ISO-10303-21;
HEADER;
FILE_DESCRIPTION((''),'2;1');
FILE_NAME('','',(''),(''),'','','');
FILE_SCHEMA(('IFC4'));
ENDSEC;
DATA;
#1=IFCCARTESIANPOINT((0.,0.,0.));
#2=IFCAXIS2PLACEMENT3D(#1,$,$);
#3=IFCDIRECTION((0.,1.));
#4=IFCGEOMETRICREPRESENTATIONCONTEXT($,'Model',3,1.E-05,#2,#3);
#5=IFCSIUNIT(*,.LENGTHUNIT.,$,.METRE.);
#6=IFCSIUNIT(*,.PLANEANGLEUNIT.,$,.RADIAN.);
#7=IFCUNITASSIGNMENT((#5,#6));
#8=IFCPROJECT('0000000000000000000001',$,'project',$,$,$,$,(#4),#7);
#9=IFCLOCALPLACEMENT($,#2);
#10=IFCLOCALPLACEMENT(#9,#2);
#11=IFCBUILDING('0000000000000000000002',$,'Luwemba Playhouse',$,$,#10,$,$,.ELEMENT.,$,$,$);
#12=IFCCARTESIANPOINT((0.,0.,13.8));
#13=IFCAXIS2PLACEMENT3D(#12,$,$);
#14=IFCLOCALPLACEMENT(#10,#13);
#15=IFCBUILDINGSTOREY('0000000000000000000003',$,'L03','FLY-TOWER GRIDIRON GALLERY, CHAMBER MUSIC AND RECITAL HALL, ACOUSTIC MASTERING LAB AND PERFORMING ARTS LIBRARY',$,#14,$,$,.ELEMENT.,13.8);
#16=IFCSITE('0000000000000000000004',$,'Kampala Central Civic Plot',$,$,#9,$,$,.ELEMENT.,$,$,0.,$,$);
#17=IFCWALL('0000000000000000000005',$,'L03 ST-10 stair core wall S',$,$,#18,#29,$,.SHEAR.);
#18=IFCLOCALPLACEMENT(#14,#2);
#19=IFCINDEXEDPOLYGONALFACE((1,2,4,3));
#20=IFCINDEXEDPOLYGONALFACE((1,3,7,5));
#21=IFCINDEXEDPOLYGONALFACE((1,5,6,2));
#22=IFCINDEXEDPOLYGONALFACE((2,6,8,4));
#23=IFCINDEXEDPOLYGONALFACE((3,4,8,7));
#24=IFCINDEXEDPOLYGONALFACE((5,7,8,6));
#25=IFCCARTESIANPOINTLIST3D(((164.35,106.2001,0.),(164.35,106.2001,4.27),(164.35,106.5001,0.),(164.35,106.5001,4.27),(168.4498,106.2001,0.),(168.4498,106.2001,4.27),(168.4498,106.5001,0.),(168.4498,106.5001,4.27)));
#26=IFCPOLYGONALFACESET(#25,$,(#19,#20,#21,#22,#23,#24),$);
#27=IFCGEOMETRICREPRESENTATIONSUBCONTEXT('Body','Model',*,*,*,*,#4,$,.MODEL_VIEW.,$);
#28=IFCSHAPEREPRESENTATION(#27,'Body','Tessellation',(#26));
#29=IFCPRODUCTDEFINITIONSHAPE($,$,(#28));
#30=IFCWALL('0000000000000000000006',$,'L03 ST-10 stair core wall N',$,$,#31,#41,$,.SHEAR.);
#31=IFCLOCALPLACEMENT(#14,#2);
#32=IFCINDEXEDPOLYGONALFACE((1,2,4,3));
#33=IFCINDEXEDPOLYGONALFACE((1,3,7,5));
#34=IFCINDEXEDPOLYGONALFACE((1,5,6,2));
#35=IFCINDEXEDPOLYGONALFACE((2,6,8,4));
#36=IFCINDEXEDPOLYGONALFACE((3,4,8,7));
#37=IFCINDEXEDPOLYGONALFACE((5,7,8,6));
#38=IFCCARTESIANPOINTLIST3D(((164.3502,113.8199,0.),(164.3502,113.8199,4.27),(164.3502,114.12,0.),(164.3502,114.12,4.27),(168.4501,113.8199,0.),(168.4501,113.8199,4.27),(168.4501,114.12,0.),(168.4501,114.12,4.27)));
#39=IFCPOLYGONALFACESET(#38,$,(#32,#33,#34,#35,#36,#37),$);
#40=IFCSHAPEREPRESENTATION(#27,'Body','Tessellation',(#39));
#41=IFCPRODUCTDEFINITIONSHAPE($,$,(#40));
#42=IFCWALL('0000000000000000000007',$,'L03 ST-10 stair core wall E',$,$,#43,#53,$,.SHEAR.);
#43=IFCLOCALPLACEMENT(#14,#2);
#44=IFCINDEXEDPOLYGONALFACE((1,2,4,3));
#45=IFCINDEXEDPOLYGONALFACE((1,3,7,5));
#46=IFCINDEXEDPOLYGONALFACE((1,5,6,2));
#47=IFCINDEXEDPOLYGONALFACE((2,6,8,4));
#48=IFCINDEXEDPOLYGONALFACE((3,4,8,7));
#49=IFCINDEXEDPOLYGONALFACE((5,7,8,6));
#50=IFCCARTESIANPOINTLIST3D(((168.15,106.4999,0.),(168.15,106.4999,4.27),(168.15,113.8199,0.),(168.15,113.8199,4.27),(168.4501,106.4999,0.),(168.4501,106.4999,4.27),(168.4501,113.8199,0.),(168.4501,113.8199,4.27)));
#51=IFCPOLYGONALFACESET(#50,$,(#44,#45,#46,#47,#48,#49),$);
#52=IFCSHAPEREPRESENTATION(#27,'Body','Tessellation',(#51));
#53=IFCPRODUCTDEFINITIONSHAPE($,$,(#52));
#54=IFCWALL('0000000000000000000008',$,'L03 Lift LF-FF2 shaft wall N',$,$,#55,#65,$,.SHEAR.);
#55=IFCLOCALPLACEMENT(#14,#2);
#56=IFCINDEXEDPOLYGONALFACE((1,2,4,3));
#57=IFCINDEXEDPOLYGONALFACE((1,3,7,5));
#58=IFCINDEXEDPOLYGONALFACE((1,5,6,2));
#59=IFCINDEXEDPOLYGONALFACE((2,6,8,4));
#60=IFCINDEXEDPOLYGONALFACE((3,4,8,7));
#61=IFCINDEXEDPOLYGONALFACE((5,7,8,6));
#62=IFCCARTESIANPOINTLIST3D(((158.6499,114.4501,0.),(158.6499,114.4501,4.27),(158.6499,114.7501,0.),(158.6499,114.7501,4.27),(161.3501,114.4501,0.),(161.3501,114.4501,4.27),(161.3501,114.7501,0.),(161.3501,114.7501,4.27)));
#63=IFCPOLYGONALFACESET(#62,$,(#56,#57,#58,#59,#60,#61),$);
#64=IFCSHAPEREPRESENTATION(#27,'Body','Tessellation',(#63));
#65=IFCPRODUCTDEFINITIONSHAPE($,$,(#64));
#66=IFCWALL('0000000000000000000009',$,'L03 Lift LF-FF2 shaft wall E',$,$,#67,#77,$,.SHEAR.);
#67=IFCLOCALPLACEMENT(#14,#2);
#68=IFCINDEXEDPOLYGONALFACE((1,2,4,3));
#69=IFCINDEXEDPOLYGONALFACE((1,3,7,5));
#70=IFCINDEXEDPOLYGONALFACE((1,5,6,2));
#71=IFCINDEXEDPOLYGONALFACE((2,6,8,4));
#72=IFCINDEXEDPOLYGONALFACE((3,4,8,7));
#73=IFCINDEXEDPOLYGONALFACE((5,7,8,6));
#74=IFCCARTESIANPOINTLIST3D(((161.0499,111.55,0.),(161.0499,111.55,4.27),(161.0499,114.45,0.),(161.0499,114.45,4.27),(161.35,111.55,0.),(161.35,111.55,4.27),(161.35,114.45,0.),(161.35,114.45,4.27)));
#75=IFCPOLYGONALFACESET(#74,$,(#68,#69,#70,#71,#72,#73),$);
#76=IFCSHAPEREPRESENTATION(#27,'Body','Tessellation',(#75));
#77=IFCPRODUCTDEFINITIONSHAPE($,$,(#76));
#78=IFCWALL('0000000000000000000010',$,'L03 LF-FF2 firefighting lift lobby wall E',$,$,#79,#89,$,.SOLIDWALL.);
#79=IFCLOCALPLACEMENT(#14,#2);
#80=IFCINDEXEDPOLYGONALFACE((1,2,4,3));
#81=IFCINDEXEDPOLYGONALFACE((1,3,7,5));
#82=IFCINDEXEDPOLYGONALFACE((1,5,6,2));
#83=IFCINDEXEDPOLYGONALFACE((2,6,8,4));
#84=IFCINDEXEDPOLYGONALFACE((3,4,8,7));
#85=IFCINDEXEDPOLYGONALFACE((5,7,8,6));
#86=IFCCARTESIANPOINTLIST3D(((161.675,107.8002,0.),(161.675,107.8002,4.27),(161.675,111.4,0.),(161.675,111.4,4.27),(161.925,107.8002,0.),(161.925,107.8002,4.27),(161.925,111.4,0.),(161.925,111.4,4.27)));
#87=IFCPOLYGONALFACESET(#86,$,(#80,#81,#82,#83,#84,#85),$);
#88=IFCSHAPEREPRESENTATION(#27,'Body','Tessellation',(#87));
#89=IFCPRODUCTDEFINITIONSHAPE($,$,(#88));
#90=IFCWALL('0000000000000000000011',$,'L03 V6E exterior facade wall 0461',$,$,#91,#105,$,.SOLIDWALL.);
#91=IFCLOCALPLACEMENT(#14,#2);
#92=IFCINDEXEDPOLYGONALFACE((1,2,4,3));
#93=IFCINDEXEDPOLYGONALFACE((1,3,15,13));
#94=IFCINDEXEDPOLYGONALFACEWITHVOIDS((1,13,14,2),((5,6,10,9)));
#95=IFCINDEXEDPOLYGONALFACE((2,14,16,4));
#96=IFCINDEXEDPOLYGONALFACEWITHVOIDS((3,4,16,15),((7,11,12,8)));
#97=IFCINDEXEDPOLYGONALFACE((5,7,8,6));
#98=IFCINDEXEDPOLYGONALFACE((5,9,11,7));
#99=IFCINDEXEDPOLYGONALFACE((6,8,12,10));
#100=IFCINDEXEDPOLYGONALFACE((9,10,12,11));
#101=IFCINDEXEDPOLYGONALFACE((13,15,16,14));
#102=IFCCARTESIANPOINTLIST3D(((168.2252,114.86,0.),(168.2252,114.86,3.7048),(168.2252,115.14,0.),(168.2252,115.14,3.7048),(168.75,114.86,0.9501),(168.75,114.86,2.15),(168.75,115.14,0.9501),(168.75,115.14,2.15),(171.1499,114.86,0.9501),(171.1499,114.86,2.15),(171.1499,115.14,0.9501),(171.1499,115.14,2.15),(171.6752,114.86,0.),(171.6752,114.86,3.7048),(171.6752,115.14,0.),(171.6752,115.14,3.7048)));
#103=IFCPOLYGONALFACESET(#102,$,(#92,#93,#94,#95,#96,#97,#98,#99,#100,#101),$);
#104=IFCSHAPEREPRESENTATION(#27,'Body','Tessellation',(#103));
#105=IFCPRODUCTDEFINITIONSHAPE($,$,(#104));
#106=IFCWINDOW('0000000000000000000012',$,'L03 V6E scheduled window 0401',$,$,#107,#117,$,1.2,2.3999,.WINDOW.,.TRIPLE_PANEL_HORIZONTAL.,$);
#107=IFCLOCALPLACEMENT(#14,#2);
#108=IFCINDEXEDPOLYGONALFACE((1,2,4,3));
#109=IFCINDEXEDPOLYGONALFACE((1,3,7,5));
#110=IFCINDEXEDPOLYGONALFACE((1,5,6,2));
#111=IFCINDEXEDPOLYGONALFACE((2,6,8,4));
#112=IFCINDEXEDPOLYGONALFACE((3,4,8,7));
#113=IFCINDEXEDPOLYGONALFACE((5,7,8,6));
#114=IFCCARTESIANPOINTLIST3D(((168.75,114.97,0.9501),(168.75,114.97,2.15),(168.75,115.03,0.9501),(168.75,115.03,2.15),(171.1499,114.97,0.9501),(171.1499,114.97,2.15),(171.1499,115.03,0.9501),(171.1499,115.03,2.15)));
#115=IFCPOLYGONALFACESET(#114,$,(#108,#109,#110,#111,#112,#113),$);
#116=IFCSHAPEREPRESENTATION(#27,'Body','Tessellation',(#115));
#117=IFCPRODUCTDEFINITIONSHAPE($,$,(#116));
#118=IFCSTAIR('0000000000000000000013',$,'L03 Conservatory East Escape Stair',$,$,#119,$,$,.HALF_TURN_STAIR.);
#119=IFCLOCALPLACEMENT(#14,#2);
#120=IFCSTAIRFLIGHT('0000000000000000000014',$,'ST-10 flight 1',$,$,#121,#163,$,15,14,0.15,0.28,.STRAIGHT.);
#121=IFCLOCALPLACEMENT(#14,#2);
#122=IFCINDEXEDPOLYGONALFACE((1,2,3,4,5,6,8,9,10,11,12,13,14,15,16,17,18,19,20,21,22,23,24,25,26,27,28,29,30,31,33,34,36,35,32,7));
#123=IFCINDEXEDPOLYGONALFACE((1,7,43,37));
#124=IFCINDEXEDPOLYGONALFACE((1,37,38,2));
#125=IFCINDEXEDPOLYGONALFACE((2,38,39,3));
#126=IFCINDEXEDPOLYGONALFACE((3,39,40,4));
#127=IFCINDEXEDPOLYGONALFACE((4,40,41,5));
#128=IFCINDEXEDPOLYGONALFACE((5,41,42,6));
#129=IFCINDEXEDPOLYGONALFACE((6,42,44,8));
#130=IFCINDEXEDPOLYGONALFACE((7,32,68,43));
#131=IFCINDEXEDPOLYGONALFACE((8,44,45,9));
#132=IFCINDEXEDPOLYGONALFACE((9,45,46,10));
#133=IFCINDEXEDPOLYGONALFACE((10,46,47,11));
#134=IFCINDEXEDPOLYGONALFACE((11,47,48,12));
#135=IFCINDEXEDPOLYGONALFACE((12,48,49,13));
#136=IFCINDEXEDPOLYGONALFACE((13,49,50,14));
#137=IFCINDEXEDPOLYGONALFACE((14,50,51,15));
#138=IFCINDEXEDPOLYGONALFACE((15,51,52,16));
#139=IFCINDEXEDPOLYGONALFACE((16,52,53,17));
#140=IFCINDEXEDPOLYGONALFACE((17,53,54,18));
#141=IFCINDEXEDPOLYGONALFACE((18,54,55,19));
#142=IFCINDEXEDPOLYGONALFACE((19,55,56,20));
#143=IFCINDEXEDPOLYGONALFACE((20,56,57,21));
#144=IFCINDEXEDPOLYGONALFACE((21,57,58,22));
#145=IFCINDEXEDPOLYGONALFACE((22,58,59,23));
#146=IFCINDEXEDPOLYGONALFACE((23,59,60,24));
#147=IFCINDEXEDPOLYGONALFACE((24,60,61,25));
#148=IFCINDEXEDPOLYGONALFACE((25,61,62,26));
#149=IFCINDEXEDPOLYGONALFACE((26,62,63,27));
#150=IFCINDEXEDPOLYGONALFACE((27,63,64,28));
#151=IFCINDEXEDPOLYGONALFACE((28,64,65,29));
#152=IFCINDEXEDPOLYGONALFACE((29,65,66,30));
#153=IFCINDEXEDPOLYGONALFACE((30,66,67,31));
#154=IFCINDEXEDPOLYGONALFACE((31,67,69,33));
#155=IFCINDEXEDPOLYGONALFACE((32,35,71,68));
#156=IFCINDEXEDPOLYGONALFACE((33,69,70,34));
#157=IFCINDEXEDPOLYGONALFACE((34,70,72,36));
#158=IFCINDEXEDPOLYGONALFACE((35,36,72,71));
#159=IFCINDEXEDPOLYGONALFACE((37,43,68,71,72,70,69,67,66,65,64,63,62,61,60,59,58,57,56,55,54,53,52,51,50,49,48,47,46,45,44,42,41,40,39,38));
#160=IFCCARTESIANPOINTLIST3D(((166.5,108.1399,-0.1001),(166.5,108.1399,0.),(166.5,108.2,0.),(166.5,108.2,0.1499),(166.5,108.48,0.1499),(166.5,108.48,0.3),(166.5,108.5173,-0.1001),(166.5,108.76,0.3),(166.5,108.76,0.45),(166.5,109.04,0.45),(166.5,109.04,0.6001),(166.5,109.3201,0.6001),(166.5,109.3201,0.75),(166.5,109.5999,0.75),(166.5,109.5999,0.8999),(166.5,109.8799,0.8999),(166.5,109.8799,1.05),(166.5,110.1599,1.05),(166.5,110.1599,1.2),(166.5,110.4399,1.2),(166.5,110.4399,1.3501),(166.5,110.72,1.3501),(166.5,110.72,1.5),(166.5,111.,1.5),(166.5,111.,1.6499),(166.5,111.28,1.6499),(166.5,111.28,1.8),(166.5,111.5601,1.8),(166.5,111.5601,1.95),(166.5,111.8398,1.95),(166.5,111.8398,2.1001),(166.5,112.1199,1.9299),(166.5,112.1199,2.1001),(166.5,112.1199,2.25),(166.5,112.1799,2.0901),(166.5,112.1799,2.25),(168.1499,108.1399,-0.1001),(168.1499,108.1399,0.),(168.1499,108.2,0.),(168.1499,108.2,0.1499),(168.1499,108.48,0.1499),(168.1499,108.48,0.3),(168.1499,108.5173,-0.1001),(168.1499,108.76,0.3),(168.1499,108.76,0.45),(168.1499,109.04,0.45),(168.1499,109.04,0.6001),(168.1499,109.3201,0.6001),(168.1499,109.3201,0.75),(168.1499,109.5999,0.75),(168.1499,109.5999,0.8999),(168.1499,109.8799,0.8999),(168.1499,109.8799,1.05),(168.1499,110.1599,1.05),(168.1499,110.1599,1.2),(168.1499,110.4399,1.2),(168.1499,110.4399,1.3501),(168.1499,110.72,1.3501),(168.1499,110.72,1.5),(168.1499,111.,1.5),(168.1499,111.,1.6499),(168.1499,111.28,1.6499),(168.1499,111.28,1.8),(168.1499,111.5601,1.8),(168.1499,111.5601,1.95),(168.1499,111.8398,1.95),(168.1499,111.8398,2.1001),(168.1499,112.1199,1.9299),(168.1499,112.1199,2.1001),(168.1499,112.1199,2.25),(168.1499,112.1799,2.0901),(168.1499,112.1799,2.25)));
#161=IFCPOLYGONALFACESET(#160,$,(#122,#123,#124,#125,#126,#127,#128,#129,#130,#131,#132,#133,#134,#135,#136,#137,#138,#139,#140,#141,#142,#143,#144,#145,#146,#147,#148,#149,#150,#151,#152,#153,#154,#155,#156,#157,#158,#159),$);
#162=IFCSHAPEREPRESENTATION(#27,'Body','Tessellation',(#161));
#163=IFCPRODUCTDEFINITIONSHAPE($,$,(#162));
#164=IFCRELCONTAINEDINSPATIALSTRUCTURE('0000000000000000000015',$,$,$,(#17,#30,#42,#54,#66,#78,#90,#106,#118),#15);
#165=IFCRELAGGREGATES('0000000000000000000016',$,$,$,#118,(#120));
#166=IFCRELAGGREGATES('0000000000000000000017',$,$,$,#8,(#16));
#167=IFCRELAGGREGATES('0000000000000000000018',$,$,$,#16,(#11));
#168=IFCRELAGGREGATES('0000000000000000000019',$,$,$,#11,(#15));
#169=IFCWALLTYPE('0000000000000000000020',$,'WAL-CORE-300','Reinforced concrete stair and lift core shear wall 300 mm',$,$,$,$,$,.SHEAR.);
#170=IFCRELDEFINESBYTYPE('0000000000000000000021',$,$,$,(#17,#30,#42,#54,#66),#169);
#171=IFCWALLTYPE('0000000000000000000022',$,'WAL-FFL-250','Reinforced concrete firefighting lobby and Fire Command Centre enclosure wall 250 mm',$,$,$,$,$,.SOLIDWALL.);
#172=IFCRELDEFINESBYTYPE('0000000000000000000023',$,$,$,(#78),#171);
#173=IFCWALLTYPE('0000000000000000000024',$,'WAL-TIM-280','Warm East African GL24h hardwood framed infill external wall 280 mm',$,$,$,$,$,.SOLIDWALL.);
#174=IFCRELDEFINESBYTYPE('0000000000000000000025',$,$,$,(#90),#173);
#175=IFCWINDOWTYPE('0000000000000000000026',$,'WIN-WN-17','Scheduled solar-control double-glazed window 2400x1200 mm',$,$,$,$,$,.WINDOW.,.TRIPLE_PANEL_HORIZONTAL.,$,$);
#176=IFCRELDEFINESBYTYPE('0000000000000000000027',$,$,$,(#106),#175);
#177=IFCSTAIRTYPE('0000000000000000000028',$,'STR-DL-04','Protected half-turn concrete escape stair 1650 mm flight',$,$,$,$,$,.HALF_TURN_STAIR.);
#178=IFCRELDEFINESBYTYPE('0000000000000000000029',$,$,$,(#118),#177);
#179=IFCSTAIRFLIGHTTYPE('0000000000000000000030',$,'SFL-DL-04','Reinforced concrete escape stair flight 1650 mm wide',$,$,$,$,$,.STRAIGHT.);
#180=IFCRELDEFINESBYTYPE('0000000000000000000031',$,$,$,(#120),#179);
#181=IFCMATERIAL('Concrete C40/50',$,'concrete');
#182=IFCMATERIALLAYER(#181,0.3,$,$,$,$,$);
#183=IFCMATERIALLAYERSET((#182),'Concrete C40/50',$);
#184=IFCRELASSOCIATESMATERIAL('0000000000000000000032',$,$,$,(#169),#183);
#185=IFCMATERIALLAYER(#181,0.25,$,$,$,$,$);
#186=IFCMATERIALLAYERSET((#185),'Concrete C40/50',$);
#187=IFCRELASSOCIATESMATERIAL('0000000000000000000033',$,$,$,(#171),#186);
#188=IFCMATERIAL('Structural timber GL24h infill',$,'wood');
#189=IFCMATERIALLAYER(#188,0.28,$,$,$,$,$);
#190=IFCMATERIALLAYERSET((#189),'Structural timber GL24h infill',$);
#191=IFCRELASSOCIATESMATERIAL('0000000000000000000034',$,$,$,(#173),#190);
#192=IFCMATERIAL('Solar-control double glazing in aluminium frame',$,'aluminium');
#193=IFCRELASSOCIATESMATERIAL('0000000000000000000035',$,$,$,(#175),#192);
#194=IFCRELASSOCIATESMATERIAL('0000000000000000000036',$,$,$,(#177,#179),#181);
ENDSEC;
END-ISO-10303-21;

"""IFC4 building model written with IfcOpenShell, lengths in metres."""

from ifc_helpers import new_model, si_unit, direction, frame, frame_2d, origin, place, context, subcontext, project, spatial, polyline, rectangle, outline, extrude, material, layer, layer_set, type_object, element, fill, aggregate, save


model = new_model("IFC4")

# Units and contexts
model_context = context("Model", 3, precision=1e-05, world=origin(), true_north=direction((0.0, 1.0)))
body_context = subcontext(model_context, "Body", "Model", "MODEL_VIEW")
ifc_project = project(units=[si_unit("LENGTHUNIT", "METRE"), si_unit("PLANEANGLEUNIT", "RADIAN")], contexts=[model_context])

# Site, building, storey
site_placement = place(None, origin())
site = spatial("IfcSite", under=ifc_project, at=site_placement, Name="Kampala Central Civic Plot", CompositionType="ELEMENT", RefElevation=0.0)
building_placement = place(site_placement, origin())
building = spatial("IfcBuilding", under=site, at=building_placement, Name="Luwemba Playhouse", CompositionType="ELEMENT")
storey_placement = place(building_placement, frame((0.0, 0.0, 13.8)))
storey = spatial("IfcBuildingStorey", under=building, at=storey_placement, Name="L03", Description="FLY-TOWER GRIDIRON GALLERY, CHAMBER MUSIC AND RECITAL HALL, ACOUSTIC MASTERING LAB AND PERFORMING ARTS LIBRARY", CompositionType="ELEMENT", Elevation=13.8)

# Shared definitions
ifc_material_1 = material(Name="Concrete C40/50", Category="concrete")

# Shared definitions
ifc_material_2 = material(Name="Solar-control double glazing in aluminium frame", Category="aluminium")

# Walls
ifc_layer_1 = layer(ifc_material_1, 0.3)
ifc_layer_set_1 = layer_set([ifc_layer_1], Name="Concrete C40/50")
wall_type_1 = type_object("IfcWallType", Name="WAL-CORE-300", Description="Reinforced concrete stair and lift core shear wall 300 mm", PredefinedType="SHEAR", material=ifc_layer_set_1)
for number, where, z_axis, x_axis, name in (
    (1, (164.3501, 106.3501, 0.0), (0.0, 0.0, 1.0), (1.0, 0.0, 0.0), "L03 ST-10 stair core wall S"),
    (2, (168.45, 113.97, 0.0), (0.0, 0.0, 1.0), (-1.0, 0.0, 0.0), "L03 ST-10 stair core wall N"),
):
    element("IfcWall", number, at=place(storey_placement, frame(where, z_axis=z_axis, x_axis=x_axis)), inside=storey, type_object=wall_type_1, Name=name, PredefinedType="SHEAR", context=body_context, shape_type="SweptSolid", body=[
        extrude(rectangle(XDim=4.0999, YDim=0.3, at=frame_2d((2.0498, 0.0))), origin(), (0.0, 0.0, 1.0), 4.27),
    ])

# Walls
wall_1_placement = place(storey_placement, frame((168.3, 113.8201, 0.0), z_axis=(0.0, 0.0, 1.0), x_axis=(0.0, -1.0, 0.0)))
element("IfcWall", 3, at=wall_1_placement, inside=storey, type_object=wall_type_1, Name="L03 ST-10 stair core wall E", PredefinedType="SHEAR", context=body_context, shape_type="SweptSolid", body=[
    extrude(rectangle(XDim=7.3201, YDim=0.3, at=frame_2d((3.6602, 0.0))), origin(), (0.0, 0.0, 1.0), 4.27),
])
wall_2_placement = place(storey_placement, frame((161.3501, 114.6001, 0.0), z_axis=(0.0, 0.0, 1.0), x_axis=(-1.0, 0.0, 0.0)))
element("IfcWall", 4, at=wall_2_placement, inside=storey, type_object=wall_type_1, Name="L03 Lift LF-FF2 shaft wall N", PredefinedType="SHEAR", context=body_context, shape_type="SweptSolid", body=[
    extrude(rectangle(XDim=2.7002, YDim=0.3, at=frame_2d((1.3501, 0.0))), origin(), (0.0, 0.0, 1.0), 4.27),
])
wall_3_placement = place(storey_placement, frame((161.2, 114.45, 0.0), z_axis=(0.0, 0.0, 1.0), x_axis=(0.0, -1.0, 0.0)))
element("IfcWall", 5, at=wall_3_placement, inside=storey, type_object=wall_type_1, Name="L03 Lift LF-FF2 shaft wall E", PredefinedType="SHEAR", context=body_context, shape_type="SweptSolid", body=[
    extrude(rectangle(XDim=2.8999, YDim=0.3, at=frame_2d((1.45, 0.0))), origin(), (0.0, 0.0, 1.0), 4.27),
])

# Shared definitions
ifc_layer_2 = layer(ifc_material_1, 0.25)
ifc_layer_set_2 = layer_set([ifc_layer_2], Name="Concrete C40/50")
wall_type_2 = type_object("IfcWallType", Name="WAL-FFL-250", Description="Reinforced concrete firefighting lobby and Fire Command Centre enclosure wall 250 mm", PredefinedType="SOLIDWALL", material=ifc_layer_set_2)

# Wall
wall_4_placement = place(storey_placement, frame((161.8, 111.3999, 0.0), z_axis=(0.0, 0.0, 1.0), x_axis=(0.0, -1.0, 0.0)))
element("IfcWall", 6, at=wall_4_placement, inside=storey, type_object=wall_type_2, Name="L03 LF-FF2 firefighting lift lobby wall E", PredefinedType="SOLIDWALL", context=body_context, shape_type="SweptSolid", body=[
    extrude(rectangle(XDim=3.5999, YDim=0.25, at=frame_2d((1.7998, 0.0))), origin(), (0.0, 0.0, 1.0), 4.27),
])

# Wall, opening, window
ifc_material_3 = material(Name="Structural timber GL24h infill", Category="wood")
ifc_layer_3 = layer(ifc_material_3, 0.28)
ifc_layer_set_3 = layer_set([ifc_layer_3], Name="Structural timber GL24h infill")
wall_type_3 = type_object("IfcWallType", Name="WAL-TIM-280", Description="Warm East African GL24h hardwood framed infill external wall 280 mm", PredefinedType="SOLIDWALL", material=ifc_layer_set_3)
wall_5_placement = place(storey_placement, frame((168.2251, 115.0, 0.0), z_axis=(0.0, 0.0, 1.0), x_axis=(1.0, 0.0, 0.0)))
wall_5 = element("IfcWall", 7, at=wall_5_placement, inside=storey, type_object=wall_type_3, Name="L03 V6E exterior facade wall 0461", PredefinedType="SOLIDWALL", context=body_context, shape_type="SweptSolid", body=[
    extrude(rectangle(XDim=3.45, YDim=0.28, at=frame_2d((1.7251, 0.0))), origin(), (0.0, 0.0, 1.0), 3.7048),
])
opening_1_placement = place(wall_5_placement, frame((0.5249, 0.0, 0.95)))
opening_1 = element("IfcOpeningElement", 8, at=opening_1_placement, cuts=wall_5, PredefinedType="OPENING", context=body_context, shape_type="SweptSolid", body=[
    extrude(rectangle(XDim=2.3999, YDim=1.2, at=frame_2d((1.2, 0.6001))), frame((0.0, 0.1499, 0.0), z_axis=(0.0, -1.0, 0.0), x_axis=(1.0, 0.0, 0.0)), (0.0, 0.0, 1.0), 0.3),
])
window_type_1 = type_object("IfcWindowType", Name="WIN-WN-17", Description="Scheduled solar-control double-glazed window 2400x1200 mm", PartitioningType="TRIPLE_PANEL_HORIZONTAL", PredefinedType="WINDOW", material=ifc_material_2)
window_1_placement = place(opening_1_placement, origin())
window_1 = element("IfcWindow", 9, at=window_1_placement, inside=storey, type_object=window_type_1, Name="L03 V6E scheduled window 0401", OverallHeight=1.2, OverallWidth=2.3999, PartitioningType="TRIPLE_PANEL_HORIZONTAL", PredefinedType="WINDOW", context=body_context, shape_type="SweptSolid", body=[
    extrude(rectangle(XDim=2.3999, YDim=1.2, at=frame_2d((1.2, 0.6001))), frame((0.0, 0.03, 0.0), z_axis=(0.0, -1.0, 0.0), x_axis=(1.0, 0.0, 0.0)), (0.0, 0.0, 1.0), 0.0601),
])
fill(opening_1, window_1)

# Stair, stair flight
stair_type = type_object("IfcStairType", Name="STR-DL-04", Description="Protected half-turn concrete escape stair 1650 mm flight", PredefinedType="HALF_TURN_STAIR", material=ifc_material_1)
stair_placement = place(storey_placement, origin())
stair = element("IfcStair", 10, at=stair_placement, inside=storey, type_object=stair_type, Name="L03 Conservatory East Escape Stair", PredefinedType="HALF_TURN_STAIR")
stair_flight_type = type_object("IfcStairFlightType", Name="SFL-DL-04", Description="Reinforced concrete escape stair flight 1650 mm wide", PredefinedType="STRAIGHT", material=ifc_material_1)
stair_flight_1_placement = place(storey_placement, frame((167.325, 108.2, 0.0), z_axis=(0.0, 0.0, 1.0), x_axis=(0.0, 1.0, 0.0)))
stair_flight_1 = element("IfcStairFlight", 11, at=stair_flight_1_placement, type_object=stair_flight_type, Name="ST-10 flight 1", NumberOfRisers=15, NumberOfTreads=14, PredefinedType="STRAIGHT", RiserHeight=0.15, TreadLength=0.28, context=body_context, shape_type="SweptSolid", body=[
    extrude(outline(polyline([(-0.0601, -0.1001), (-0.0601, 0.0), (0.0, 0.0), (0.0, 0.1499), (0.28, 0.1499), (0.28, 0.3), (0.5601, 0.3), (0.5601, 0.45), (0.8401, 0.45), (0.8401, 0.6001), (1.1201, 0.6001), (1.1201, 0.75), (1.3999, 0.75), (1.3999, 0.8999), (1.6799, 0.8999), (1.6799, 1.05), (1.96, 1.05), (1.96, 1.2), (2.24, 1.2), (2.24, 1.3501), (2.52, 1.3501), (2.52, 1.5), (2.8, 1.5), (2.8, 1.6499), (3.0801, 1.6499), (3.0801, 1.8), (3.3601, 1.8), (3.3601, 1.95), (3.6399, 1.95), (3.6399, 2.1001), (3.9199, 2.1001), (3.9199, 2.25), (3.98, 2.25), (3.98, 2.0901), (3.9199, 1.9299), (0.3174, -0.1001), (-0.0601, -0.1001)])), frame((0.0, 0.825, 0.0), z_axis=(0.0, -1.0, 0.0), x_axis=(1.0, 0.0, 0.0)), (0.0, 0.0, 1.0), 1.6499),
])
aggregate(stair, [stair_flight_1])

save(model, "model.ifc")
